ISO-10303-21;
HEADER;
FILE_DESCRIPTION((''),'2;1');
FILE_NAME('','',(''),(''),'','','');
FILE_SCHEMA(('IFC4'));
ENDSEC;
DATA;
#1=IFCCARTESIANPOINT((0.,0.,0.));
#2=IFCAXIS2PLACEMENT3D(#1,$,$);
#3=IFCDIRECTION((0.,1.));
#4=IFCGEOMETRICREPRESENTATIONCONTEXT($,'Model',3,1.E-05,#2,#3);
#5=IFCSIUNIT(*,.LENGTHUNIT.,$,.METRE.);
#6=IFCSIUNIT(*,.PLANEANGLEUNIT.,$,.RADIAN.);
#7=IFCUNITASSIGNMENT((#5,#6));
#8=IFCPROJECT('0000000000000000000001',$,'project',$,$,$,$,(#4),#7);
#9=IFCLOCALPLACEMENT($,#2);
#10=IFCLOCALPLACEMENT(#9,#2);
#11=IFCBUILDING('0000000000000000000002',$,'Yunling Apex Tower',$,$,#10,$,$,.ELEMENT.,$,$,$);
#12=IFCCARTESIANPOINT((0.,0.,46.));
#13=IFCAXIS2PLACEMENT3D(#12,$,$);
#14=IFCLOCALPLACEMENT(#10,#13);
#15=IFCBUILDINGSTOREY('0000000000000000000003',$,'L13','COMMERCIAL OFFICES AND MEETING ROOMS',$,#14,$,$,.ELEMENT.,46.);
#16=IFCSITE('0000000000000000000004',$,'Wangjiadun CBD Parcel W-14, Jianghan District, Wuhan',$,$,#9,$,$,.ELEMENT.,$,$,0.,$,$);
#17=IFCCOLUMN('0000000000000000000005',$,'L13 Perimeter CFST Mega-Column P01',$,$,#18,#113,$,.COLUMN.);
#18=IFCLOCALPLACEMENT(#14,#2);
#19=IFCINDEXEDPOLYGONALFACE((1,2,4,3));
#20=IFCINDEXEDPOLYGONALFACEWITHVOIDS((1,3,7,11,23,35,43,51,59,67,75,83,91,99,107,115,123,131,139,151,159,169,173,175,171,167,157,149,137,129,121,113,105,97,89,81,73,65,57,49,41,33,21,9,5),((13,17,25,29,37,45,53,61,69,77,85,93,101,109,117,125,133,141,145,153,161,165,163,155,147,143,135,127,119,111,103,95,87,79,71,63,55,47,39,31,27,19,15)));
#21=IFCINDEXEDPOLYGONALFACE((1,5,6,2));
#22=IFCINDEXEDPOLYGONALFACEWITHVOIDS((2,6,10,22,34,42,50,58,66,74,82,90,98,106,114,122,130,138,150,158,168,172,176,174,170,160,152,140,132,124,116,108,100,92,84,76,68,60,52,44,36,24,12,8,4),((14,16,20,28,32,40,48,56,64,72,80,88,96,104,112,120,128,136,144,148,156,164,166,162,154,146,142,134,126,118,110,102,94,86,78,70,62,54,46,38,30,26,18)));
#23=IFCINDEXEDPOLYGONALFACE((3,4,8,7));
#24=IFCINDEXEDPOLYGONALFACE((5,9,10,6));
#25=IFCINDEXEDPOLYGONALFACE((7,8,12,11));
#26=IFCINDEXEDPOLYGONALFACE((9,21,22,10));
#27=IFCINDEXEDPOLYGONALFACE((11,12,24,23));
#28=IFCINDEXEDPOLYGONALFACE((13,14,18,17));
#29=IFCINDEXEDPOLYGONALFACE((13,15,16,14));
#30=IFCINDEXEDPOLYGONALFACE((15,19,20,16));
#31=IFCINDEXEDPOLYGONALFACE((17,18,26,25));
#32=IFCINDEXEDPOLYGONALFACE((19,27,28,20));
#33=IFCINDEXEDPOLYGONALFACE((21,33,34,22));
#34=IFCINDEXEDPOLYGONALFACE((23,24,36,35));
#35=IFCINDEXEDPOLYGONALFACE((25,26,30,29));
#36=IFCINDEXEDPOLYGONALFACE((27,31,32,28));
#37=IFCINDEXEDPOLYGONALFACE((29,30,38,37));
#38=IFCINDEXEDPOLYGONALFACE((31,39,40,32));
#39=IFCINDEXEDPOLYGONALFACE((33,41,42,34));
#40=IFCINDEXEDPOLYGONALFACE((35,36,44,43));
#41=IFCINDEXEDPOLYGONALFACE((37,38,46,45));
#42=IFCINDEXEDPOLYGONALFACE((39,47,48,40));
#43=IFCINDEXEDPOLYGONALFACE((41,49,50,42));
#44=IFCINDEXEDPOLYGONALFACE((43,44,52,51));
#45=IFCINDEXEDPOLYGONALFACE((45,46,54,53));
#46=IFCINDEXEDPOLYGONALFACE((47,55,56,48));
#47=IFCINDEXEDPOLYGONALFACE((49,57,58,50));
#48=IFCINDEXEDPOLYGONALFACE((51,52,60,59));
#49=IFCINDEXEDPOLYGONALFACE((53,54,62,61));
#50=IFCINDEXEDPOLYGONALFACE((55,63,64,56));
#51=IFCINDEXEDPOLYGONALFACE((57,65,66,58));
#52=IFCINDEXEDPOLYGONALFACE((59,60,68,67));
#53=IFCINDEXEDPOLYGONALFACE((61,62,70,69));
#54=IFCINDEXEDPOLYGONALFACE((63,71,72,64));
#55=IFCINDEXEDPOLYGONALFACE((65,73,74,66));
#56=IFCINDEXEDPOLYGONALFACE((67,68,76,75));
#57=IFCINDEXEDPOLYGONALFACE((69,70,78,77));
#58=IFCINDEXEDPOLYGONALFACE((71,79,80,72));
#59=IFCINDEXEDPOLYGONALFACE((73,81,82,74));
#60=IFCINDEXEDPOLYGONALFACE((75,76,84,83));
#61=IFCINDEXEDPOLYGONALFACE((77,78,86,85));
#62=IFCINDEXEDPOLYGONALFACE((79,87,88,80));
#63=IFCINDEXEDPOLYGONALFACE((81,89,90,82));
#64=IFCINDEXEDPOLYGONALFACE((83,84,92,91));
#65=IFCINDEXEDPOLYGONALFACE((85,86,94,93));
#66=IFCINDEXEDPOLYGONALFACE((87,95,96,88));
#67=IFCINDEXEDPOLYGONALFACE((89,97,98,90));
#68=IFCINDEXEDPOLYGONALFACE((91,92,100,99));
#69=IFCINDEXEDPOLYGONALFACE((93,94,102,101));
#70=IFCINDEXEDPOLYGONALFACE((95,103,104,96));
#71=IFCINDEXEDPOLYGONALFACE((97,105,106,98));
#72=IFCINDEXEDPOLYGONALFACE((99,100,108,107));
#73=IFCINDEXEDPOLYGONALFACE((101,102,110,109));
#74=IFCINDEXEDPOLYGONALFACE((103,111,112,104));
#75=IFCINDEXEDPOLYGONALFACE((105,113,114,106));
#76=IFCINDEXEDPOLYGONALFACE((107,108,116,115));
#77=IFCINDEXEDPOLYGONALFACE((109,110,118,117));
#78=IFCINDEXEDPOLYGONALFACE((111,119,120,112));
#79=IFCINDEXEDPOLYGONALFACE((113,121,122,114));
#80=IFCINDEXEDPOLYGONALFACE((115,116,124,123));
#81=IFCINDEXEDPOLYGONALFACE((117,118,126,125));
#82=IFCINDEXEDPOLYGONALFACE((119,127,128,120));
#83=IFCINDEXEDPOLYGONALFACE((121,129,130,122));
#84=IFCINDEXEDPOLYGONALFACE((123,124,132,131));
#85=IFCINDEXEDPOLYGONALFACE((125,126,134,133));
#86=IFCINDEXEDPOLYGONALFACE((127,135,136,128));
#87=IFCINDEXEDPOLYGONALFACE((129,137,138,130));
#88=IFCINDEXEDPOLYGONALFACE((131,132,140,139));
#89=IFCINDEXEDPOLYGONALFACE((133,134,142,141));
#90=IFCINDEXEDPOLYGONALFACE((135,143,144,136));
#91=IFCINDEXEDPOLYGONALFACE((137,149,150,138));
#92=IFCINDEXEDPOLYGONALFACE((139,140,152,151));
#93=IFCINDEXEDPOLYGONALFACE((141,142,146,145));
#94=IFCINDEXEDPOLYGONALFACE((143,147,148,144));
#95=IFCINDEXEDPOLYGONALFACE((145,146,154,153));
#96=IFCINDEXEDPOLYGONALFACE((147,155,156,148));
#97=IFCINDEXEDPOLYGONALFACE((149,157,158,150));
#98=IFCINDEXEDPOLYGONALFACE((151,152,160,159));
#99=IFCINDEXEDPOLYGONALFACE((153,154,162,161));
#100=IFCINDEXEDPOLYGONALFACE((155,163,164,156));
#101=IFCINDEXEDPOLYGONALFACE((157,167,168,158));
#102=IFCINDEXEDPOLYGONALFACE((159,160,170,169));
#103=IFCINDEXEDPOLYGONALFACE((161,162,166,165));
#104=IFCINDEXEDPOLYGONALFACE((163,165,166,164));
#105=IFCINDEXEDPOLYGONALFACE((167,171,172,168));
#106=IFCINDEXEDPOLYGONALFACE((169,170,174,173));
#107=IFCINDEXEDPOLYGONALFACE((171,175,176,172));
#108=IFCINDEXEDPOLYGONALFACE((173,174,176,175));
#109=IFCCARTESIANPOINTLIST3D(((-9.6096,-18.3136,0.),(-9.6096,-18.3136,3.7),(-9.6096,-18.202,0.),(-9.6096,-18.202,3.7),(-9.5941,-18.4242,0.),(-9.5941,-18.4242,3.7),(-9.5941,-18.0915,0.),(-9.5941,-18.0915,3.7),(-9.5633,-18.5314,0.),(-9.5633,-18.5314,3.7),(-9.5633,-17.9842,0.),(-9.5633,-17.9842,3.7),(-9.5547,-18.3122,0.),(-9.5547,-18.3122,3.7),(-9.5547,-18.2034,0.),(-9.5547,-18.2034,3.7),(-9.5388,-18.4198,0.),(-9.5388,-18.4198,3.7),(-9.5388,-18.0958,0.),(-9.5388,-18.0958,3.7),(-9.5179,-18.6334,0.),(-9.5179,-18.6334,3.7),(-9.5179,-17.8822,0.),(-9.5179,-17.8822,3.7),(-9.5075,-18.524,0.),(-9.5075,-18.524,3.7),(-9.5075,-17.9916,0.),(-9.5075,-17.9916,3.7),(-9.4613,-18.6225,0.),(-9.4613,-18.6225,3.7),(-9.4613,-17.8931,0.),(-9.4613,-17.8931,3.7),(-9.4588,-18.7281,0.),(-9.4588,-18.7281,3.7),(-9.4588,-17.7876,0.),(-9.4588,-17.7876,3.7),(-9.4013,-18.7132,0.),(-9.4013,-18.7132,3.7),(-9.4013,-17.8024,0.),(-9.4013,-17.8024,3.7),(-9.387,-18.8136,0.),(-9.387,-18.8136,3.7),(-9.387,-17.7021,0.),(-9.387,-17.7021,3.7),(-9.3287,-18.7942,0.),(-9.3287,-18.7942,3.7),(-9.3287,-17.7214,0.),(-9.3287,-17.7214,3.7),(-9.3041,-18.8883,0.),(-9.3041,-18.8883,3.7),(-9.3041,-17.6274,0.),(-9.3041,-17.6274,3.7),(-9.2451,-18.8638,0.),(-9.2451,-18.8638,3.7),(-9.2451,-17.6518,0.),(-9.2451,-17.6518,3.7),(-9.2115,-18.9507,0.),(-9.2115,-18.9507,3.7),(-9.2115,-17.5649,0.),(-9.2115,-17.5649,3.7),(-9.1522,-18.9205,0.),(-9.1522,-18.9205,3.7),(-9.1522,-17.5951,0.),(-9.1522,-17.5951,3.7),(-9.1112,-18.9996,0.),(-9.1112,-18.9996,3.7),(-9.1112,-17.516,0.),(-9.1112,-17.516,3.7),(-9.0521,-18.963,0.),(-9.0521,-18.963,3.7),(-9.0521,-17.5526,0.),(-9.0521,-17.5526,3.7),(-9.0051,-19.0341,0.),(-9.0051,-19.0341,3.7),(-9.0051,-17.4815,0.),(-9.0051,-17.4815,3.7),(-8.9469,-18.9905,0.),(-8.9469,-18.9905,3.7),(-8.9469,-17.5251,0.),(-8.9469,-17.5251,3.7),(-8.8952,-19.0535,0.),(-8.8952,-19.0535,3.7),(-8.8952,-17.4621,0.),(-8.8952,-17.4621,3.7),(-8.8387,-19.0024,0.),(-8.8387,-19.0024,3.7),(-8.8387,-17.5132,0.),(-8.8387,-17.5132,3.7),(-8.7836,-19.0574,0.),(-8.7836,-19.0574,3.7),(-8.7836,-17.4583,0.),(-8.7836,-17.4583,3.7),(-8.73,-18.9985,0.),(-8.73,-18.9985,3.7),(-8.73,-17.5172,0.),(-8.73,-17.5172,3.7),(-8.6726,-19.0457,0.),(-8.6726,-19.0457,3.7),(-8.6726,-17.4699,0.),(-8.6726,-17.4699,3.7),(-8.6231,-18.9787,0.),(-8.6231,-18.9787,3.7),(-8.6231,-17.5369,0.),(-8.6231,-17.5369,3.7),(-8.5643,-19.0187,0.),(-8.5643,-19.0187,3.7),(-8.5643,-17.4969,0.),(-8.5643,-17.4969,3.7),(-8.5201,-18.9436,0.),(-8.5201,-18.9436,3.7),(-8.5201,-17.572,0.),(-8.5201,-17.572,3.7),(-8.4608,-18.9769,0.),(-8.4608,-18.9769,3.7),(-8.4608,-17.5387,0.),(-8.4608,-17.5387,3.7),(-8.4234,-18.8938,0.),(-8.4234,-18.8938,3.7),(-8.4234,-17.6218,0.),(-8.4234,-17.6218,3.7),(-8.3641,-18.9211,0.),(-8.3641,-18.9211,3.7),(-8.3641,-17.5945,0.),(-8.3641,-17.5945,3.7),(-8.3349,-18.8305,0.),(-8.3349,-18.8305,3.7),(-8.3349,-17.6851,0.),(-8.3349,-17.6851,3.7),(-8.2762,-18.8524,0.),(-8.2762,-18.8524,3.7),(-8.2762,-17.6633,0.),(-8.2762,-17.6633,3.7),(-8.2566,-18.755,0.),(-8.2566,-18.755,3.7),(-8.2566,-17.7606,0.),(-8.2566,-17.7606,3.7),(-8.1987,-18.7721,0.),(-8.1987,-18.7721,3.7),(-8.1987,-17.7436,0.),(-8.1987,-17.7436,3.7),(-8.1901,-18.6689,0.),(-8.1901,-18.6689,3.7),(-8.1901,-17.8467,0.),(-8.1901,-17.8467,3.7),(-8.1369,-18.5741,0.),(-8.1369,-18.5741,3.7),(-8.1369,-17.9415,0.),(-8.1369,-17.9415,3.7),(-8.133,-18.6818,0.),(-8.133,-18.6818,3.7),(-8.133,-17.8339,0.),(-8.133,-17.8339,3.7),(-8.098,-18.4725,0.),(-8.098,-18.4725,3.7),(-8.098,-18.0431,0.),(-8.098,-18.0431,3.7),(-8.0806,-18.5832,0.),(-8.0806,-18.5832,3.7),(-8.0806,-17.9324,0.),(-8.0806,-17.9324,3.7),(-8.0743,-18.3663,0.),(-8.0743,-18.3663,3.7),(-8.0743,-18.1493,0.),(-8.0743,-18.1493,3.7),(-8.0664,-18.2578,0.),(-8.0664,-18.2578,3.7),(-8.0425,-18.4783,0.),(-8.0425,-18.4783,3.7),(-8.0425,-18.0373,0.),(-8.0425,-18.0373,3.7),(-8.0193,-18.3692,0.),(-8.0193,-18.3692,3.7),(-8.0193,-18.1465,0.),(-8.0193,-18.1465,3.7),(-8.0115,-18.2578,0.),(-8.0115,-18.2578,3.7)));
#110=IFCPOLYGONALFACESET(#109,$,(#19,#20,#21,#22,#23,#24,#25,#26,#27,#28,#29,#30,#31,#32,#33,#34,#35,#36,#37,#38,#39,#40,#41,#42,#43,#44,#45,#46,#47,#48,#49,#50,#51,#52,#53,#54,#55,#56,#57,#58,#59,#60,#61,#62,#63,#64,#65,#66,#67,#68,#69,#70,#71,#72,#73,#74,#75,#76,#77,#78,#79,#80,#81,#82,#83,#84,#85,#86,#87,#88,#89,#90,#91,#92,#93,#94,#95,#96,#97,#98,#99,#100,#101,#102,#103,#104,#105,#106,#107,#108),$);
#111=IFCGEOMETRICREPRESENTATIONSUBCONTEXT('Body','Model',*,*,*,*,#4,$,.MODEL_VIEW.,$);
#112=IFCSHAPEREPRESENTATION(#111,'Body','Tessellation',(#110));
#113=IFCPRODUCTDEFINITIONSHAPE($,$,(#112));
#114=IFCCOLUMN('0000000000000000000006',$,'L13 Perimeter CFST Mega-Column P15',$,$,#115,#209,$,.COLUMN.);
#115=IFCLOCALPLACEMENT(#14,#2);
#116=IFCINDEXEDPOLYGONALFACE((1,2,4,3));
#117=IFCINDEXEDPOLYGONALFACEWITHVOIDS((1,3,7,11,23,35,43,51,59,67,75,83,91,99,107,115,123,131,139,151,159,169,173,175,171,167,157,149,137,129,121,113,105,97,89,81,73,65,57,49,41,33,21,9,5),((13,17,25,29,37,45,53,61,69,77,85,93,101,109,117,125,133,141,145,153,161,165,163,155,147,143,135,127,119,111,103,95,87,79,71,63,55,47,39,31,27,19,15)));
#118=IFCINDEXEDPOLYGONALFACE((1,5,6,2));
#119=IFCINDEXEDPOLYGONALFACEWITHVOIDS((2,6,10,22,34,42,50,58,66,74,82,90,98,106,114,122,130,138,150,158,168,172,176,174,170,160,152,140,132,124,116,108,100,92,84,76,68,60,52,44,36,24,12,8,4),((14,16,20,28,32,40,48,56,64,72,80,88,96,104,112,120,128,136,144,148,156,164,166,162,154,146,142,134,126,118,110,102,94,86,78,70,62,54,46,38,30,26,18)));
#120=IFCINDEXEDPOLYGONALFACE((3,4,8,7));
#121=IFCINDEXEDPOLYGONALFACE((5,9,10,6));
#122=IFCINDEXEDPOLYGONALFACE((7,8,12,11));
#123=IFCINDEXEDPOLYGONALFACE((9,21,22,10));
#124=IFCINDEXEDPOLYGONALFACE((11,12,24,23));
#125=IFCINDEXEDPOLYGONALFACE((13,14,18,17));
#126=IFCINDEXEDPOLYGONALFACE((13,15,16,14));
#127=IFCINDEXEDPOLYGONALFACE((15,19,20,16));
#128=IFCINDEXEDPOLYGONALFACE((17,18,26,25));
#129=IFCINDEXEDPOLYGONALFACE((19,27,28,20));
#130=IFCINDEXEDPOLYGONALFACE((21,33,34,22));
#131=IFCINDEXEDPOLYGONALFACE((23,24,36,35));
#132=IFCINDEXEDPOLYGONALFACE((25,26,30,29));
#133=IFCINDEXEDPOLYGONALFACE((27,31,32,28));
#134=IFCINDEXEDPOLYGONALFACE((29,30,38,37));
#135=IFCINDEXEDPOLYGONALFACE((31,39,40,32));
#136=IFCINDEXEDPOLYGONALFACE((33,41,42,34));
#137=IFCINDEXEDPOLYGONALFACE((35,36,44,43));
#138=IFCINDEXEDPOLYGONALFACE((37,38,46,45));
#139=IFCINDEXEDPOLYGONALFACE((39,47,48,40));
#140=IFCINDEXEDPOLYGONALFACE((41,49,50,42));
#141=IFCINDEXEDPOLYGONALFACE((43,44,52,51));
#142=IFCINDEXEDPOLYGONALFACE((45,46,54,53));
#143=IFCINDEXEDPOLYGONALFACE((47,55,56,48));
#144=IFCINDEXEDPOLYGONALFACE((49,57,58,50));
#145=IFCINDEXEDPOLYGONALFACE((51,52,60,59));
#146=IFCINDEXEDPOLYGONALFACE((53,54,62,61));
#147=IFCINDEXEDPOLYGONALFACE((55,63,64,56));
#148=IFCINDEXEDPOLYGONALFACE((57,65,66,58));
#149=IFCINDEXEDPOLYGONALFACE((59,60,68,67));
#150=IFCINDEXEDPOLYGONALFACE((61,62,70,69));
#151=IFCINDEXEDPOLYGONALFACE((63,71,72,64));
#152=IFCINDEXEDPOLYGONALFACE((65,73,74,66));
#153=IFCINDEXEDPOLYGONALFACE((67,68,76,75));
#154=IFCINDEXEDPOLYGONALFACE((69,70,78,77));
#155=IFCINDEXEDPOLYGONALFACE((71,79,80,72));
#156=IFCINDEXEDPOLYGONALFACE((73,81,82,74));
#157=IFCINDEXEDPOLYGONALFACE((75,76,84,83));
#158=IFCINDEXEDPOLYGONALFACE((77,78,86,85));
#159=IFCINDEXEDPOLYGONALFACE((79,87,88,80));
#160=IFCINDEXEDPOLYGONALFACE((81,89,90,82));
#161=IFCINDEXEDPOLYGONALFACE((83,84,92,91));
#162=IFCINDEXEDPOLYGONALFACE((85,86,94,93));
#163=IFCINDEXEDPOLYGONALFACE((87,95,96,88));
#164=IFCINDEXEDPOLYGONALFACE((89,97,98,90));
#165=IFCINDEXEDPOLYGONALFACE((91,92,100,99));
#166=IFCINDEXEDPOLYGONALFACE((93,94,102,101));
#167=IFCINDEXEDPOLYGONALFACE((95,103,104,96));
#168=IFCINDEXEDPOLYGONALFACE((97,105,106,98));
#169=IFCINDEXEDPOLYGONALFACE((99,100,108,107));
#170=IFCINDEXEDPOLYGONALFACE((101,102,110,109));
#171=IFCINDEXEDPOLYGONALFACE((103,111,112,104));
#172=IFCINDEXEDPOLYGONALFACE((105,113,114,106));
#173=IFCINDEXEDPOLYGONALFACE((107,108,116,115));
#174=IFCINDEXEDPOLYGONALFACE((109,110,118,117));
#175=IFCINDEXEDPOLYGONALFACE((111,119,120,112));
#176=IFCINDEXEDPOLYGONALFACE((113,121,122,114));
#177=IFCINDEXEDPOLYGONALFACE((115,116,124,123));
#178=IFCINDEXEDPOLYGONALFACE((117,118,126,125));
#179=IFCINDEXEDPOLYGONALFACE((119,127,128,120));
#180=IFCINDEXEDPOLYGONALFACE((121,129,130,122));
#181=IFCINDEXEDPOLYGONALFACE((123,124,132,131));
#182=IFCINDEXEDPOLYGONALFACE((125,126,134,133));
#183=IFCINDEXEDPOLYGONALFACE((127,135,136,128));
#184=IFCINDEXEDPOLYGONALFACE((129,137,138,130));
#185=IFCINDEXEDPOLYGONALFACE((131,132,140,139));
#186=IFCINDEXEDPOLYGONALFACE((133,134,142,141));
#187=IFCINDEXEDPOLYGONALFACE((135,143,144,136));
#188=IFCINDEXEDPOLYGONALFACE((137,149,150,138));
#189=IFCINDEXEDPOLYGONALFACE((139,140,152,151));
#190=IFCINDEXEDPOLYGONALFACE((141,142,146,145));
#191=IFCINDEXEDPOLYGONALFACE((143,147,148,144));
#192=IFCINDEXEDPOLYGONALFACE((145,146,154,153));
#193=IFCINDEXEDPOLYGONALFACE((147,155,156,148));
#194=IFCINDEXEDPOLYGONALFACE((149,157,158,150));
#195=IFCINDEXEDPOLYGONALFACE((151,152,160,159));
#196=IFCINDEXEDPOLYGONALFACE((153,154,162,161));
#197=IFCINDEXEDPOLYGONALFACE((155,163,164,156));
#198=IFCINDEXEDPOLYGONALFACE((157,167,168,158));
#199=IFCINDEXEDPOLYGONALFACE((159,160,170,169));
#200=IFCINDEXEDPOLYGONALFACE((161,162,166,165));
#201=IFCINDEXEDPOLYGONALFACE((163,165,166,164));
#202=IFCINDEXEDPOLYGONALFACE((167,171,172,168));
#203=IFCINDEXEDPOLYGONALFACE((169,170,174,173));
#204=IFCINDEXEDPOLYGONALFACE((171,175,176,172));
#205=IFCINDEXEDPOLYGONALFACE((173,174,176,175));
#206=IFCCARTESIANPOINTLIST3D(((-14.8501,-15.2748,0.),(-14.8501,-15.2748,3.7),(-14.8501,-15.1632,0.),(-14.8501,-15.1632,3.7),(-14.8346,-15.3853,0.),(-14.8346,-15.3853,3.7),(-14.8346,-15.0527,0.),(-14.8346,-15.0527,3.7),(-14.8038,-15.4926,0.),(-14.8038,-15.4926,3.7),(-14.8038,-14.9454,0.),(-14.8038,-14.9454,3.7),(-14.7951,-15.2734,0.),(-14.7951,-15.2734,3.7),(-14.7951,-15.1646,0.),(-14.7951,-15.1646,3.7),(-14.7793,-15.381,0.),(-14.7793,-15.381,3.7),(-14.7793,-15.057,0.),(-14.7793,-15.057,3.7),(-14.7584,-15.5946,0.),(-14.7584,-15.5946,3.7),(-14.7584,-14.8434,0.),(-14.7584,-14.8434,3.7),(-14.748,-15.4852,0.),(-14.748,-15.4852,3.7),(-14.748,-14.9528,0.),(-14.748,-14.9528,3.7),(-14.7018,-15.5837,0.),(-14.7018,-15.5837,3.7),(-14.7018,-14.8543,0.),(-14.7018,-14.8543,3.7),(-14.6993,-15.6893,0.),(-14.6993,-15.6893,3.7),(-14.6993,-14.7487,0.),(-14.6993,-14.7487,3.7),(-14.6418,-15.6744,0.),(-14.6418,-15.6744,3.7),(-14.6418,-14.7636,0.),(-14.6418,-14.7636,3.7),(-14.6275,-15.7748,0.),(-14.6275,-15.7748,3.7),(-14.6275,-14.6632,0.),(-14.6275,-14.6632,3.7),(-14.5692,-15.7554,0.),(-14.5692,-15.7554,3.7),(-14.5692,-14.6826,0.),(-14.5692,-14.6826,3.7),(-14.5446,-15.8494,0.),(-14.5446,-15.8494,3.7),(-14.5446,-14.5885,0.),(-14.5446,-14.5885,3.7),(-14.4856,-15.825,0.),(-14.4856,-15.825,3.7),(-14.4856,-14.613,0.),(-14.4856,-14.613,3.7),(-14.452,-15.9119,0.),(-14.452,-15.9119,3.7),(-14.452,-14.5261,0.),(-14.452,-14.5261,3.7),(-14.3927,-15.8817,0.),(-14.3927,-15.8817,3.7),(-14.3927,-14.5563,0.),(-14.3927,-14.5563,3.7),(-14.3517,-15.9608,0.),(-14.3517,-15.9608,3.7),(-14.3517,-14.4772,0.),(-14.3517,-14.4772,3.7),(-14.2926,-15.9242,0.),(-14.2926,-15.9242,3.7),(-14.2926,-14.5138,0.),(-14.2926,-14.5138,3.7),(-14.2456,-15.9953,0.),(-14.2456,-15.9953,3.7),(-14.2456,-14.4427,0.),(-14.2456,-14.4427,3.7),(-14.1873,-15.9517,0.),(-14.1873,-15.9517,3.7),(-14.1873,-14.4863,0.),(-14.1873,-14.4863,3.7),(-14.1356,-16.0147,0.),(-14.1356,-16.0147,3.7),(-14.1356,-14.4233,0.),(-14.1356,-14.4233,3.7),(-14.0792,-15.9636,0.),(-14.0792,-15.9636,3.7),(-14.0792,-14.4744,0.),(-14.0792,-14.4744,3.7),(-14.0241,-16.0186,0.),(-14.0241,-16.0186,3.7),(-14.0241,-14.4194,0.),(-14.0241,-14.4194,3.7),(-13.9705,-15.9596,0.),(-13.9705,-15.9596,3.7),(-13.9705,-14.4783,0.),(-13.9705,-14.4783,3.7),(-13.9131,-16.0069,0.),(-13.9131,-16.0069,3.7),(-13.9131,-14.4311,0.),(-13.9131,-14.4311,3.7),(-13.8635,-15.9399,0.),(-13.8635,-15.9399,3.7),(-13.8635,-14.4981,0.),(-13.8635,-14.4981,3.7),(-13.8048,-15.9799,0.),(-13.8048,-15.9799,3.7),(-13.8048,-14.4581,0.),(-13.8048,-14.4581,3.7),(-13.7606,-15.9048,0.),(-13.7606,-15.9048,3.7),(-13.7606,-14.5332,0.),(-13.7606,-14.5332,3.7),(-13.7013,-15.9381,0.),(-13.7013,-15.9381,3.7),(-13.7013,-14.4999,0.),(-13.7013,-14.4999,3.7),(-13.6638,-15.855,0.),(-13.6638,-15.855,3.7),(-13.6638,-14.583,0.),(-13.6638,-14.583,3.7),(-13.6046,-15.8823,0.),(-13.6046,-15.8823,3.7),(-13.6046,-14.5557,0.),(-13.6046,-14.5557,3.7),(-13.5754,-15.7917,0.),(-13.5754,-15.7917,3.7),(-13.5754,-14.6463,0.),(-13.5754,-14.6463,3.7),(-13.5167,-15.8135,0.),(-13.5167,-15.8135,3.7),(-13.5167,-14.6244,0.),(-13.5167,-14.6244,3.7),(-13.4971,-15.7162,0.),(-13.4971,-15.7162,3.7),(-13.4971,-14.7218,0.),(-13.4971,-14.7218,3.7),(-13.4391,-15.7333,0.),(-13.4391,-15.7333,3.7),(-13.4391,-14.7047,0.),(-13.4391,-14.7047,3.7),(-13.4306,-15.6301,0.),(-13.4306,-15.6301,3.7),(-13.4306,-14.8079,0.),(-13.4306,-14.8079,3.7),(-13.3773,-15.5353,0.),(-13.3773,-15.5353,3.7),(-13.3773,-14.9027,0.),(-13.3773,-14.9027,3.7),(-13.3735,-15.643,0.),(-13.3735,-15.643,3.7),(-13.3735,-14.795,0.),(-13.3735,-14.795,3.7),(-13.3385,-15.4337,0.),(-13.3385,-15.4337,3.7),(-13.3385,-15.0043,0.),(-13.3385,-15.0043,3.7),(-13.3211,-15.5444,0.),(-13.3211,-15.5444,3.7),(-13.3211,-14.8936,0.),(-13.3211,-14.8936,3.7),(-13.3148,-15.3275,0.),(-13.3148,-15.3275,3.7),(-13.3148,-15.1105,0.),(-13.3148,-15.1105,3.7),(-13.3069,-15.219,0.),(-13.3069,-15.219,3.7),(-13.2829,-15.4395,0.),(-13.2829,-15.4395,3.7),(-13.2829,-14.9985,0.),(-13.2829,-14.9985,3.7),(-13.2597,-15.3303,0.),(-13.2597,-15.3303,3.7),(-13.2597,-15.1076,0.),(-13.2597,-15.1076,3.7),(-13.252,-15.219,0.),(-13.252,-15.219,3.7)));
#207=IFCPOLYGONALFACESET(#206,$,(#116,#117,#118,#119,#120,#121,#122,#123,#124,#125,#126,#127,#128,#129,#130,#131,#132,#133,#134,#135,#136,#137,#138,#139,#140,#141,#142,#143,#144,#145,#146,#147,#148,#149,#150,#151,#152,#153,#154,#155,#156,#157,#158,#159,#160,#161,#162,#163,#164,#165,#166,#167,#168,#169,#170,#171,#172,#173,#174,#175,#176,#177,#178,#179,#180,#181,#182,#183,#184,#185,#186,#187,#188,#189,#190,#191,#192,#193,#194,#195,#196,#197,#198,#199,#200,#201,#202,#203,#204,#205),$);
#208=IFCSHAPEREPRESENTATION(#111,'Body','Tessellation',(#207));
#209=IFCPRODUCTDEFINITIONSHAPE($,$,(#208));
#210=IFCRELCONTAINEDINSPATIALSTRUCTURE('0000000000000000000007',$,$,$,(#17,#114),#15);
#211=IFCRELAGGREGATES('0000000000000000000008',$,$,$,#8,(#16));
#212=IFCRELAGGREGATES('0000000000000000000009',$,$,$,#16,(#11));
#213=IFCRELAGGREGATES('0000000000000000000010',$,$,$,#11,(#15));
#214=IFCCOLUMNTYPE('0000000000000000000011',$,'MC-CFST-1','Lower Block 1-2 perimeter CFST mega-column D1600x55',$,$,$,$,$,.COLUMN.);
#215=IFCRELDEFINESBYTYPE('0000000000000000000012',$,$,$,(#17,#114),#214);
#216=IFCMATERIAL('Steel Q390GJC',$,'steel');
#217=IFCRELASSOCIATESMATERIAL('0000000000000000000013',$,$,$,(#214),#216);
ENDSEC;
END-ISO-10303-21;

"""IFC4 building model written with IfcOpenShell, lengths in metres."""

from ifc_helpers import new_model, si_unit, direction, frame, origin, origin_2d, place, context, subcontext, project, spatial, hollow_circle, extrude, source, transform, mapped, material, material_profile, profile_set, type_object, element, save


model = new_model("IFC4")

# Units and contexts
model_context = context("Model", 3, precision=1e-05, world=origin(), true_north=direction((0.0, 1.0)))
body_context = subcontext(model_context, "Body", "Model", "MODEL_VIEW")
ifc_project = project(units=[si_unit("LENGTHUNIT", "METRE"), si_unit("PLANEANGLEUNIT", "RADIAN")], contexts=[model_context])

# Site, building, storey
site_placement = place(None, origin())
site = spatial("IfcSite", under=ifc_project, at=site_placement, Name="Wangjiadun CBD Parcel W-14, Jianghan District, Wuhan", CompositionType="ELEMENT", RefElevation=0.0)
building_placement = place(site_placement, origin())
building = spatial("IfcBuilding", under=site, at=building_placement, Name="Yunling Apex Tower", CompositionType="ELEMENT")
storey_placement = place(building_placement, frame((0.0, 0.0, 46.0)))
storey = spatial("IfcBuildingStorey", under=building, at=storey_placement, Name="L13", Description="COMMERCIAL OFFICES AND MEETING ROOMS", CompositionType="ELEMENT", Elevation=46.0)

# Columns
ifc_material_1 = material(Name="Steel Q390GJC", Category="steel")
ifc_material_profile_1 = material_profile(ifc_material_1, hollow_circle(Radius=0.8, WallThickness=0.0549, at=origin_2d()))
ifc_profile_set_1 = profile_set([ifc_material_profile_1], Name="Steel Q390GJC")
column_type = type_object("IfcColumnType", Name="MC-CFST-1", Description="Lower Block 1-2 perimeter CFST mega-column D1600x55", PredefinedType="COLUMN", material=ifc_profile_set_1)
shared_shape_1 = source(origin(), body_context, "Body", "SweptSolid", [
    extrude(hollow_circle(Radius=0.8, WallThickness=0.0549, at=origin_2d()), origin(), (0.0, 0.0, 1.0), 3.7),
])
for number, where, z_axis, x_axis, name in (
    (1, (-8.8115, -18.2578, 0.0), (0.0, 0.0, 1.0), (1.0, 0.0, 0.0), "L13 Perimeter CFST Mega-Column P01"),
    (2, (-14.052, -15.219, 0.0), (0.0, 0.0, 1.0), (1.0, 0.0, 0.0), "L13 Perimeter CFST Mega-Column P15"),
):
    element("IfcColumn", number, at=place(storey_placement, frame(where, z_axis=z_axis, x_axis=x_axis)), inside=storey, type_object=column_type, Name=name, PredefinedType="COLUMN", context=body_context, shape_type="MappedRepresentation", body=[
        mapped(shared_shape_1, transform((0.0, 0.0, 0.0), scale=1.0)),
    ])

save(model, "model.ifc")
